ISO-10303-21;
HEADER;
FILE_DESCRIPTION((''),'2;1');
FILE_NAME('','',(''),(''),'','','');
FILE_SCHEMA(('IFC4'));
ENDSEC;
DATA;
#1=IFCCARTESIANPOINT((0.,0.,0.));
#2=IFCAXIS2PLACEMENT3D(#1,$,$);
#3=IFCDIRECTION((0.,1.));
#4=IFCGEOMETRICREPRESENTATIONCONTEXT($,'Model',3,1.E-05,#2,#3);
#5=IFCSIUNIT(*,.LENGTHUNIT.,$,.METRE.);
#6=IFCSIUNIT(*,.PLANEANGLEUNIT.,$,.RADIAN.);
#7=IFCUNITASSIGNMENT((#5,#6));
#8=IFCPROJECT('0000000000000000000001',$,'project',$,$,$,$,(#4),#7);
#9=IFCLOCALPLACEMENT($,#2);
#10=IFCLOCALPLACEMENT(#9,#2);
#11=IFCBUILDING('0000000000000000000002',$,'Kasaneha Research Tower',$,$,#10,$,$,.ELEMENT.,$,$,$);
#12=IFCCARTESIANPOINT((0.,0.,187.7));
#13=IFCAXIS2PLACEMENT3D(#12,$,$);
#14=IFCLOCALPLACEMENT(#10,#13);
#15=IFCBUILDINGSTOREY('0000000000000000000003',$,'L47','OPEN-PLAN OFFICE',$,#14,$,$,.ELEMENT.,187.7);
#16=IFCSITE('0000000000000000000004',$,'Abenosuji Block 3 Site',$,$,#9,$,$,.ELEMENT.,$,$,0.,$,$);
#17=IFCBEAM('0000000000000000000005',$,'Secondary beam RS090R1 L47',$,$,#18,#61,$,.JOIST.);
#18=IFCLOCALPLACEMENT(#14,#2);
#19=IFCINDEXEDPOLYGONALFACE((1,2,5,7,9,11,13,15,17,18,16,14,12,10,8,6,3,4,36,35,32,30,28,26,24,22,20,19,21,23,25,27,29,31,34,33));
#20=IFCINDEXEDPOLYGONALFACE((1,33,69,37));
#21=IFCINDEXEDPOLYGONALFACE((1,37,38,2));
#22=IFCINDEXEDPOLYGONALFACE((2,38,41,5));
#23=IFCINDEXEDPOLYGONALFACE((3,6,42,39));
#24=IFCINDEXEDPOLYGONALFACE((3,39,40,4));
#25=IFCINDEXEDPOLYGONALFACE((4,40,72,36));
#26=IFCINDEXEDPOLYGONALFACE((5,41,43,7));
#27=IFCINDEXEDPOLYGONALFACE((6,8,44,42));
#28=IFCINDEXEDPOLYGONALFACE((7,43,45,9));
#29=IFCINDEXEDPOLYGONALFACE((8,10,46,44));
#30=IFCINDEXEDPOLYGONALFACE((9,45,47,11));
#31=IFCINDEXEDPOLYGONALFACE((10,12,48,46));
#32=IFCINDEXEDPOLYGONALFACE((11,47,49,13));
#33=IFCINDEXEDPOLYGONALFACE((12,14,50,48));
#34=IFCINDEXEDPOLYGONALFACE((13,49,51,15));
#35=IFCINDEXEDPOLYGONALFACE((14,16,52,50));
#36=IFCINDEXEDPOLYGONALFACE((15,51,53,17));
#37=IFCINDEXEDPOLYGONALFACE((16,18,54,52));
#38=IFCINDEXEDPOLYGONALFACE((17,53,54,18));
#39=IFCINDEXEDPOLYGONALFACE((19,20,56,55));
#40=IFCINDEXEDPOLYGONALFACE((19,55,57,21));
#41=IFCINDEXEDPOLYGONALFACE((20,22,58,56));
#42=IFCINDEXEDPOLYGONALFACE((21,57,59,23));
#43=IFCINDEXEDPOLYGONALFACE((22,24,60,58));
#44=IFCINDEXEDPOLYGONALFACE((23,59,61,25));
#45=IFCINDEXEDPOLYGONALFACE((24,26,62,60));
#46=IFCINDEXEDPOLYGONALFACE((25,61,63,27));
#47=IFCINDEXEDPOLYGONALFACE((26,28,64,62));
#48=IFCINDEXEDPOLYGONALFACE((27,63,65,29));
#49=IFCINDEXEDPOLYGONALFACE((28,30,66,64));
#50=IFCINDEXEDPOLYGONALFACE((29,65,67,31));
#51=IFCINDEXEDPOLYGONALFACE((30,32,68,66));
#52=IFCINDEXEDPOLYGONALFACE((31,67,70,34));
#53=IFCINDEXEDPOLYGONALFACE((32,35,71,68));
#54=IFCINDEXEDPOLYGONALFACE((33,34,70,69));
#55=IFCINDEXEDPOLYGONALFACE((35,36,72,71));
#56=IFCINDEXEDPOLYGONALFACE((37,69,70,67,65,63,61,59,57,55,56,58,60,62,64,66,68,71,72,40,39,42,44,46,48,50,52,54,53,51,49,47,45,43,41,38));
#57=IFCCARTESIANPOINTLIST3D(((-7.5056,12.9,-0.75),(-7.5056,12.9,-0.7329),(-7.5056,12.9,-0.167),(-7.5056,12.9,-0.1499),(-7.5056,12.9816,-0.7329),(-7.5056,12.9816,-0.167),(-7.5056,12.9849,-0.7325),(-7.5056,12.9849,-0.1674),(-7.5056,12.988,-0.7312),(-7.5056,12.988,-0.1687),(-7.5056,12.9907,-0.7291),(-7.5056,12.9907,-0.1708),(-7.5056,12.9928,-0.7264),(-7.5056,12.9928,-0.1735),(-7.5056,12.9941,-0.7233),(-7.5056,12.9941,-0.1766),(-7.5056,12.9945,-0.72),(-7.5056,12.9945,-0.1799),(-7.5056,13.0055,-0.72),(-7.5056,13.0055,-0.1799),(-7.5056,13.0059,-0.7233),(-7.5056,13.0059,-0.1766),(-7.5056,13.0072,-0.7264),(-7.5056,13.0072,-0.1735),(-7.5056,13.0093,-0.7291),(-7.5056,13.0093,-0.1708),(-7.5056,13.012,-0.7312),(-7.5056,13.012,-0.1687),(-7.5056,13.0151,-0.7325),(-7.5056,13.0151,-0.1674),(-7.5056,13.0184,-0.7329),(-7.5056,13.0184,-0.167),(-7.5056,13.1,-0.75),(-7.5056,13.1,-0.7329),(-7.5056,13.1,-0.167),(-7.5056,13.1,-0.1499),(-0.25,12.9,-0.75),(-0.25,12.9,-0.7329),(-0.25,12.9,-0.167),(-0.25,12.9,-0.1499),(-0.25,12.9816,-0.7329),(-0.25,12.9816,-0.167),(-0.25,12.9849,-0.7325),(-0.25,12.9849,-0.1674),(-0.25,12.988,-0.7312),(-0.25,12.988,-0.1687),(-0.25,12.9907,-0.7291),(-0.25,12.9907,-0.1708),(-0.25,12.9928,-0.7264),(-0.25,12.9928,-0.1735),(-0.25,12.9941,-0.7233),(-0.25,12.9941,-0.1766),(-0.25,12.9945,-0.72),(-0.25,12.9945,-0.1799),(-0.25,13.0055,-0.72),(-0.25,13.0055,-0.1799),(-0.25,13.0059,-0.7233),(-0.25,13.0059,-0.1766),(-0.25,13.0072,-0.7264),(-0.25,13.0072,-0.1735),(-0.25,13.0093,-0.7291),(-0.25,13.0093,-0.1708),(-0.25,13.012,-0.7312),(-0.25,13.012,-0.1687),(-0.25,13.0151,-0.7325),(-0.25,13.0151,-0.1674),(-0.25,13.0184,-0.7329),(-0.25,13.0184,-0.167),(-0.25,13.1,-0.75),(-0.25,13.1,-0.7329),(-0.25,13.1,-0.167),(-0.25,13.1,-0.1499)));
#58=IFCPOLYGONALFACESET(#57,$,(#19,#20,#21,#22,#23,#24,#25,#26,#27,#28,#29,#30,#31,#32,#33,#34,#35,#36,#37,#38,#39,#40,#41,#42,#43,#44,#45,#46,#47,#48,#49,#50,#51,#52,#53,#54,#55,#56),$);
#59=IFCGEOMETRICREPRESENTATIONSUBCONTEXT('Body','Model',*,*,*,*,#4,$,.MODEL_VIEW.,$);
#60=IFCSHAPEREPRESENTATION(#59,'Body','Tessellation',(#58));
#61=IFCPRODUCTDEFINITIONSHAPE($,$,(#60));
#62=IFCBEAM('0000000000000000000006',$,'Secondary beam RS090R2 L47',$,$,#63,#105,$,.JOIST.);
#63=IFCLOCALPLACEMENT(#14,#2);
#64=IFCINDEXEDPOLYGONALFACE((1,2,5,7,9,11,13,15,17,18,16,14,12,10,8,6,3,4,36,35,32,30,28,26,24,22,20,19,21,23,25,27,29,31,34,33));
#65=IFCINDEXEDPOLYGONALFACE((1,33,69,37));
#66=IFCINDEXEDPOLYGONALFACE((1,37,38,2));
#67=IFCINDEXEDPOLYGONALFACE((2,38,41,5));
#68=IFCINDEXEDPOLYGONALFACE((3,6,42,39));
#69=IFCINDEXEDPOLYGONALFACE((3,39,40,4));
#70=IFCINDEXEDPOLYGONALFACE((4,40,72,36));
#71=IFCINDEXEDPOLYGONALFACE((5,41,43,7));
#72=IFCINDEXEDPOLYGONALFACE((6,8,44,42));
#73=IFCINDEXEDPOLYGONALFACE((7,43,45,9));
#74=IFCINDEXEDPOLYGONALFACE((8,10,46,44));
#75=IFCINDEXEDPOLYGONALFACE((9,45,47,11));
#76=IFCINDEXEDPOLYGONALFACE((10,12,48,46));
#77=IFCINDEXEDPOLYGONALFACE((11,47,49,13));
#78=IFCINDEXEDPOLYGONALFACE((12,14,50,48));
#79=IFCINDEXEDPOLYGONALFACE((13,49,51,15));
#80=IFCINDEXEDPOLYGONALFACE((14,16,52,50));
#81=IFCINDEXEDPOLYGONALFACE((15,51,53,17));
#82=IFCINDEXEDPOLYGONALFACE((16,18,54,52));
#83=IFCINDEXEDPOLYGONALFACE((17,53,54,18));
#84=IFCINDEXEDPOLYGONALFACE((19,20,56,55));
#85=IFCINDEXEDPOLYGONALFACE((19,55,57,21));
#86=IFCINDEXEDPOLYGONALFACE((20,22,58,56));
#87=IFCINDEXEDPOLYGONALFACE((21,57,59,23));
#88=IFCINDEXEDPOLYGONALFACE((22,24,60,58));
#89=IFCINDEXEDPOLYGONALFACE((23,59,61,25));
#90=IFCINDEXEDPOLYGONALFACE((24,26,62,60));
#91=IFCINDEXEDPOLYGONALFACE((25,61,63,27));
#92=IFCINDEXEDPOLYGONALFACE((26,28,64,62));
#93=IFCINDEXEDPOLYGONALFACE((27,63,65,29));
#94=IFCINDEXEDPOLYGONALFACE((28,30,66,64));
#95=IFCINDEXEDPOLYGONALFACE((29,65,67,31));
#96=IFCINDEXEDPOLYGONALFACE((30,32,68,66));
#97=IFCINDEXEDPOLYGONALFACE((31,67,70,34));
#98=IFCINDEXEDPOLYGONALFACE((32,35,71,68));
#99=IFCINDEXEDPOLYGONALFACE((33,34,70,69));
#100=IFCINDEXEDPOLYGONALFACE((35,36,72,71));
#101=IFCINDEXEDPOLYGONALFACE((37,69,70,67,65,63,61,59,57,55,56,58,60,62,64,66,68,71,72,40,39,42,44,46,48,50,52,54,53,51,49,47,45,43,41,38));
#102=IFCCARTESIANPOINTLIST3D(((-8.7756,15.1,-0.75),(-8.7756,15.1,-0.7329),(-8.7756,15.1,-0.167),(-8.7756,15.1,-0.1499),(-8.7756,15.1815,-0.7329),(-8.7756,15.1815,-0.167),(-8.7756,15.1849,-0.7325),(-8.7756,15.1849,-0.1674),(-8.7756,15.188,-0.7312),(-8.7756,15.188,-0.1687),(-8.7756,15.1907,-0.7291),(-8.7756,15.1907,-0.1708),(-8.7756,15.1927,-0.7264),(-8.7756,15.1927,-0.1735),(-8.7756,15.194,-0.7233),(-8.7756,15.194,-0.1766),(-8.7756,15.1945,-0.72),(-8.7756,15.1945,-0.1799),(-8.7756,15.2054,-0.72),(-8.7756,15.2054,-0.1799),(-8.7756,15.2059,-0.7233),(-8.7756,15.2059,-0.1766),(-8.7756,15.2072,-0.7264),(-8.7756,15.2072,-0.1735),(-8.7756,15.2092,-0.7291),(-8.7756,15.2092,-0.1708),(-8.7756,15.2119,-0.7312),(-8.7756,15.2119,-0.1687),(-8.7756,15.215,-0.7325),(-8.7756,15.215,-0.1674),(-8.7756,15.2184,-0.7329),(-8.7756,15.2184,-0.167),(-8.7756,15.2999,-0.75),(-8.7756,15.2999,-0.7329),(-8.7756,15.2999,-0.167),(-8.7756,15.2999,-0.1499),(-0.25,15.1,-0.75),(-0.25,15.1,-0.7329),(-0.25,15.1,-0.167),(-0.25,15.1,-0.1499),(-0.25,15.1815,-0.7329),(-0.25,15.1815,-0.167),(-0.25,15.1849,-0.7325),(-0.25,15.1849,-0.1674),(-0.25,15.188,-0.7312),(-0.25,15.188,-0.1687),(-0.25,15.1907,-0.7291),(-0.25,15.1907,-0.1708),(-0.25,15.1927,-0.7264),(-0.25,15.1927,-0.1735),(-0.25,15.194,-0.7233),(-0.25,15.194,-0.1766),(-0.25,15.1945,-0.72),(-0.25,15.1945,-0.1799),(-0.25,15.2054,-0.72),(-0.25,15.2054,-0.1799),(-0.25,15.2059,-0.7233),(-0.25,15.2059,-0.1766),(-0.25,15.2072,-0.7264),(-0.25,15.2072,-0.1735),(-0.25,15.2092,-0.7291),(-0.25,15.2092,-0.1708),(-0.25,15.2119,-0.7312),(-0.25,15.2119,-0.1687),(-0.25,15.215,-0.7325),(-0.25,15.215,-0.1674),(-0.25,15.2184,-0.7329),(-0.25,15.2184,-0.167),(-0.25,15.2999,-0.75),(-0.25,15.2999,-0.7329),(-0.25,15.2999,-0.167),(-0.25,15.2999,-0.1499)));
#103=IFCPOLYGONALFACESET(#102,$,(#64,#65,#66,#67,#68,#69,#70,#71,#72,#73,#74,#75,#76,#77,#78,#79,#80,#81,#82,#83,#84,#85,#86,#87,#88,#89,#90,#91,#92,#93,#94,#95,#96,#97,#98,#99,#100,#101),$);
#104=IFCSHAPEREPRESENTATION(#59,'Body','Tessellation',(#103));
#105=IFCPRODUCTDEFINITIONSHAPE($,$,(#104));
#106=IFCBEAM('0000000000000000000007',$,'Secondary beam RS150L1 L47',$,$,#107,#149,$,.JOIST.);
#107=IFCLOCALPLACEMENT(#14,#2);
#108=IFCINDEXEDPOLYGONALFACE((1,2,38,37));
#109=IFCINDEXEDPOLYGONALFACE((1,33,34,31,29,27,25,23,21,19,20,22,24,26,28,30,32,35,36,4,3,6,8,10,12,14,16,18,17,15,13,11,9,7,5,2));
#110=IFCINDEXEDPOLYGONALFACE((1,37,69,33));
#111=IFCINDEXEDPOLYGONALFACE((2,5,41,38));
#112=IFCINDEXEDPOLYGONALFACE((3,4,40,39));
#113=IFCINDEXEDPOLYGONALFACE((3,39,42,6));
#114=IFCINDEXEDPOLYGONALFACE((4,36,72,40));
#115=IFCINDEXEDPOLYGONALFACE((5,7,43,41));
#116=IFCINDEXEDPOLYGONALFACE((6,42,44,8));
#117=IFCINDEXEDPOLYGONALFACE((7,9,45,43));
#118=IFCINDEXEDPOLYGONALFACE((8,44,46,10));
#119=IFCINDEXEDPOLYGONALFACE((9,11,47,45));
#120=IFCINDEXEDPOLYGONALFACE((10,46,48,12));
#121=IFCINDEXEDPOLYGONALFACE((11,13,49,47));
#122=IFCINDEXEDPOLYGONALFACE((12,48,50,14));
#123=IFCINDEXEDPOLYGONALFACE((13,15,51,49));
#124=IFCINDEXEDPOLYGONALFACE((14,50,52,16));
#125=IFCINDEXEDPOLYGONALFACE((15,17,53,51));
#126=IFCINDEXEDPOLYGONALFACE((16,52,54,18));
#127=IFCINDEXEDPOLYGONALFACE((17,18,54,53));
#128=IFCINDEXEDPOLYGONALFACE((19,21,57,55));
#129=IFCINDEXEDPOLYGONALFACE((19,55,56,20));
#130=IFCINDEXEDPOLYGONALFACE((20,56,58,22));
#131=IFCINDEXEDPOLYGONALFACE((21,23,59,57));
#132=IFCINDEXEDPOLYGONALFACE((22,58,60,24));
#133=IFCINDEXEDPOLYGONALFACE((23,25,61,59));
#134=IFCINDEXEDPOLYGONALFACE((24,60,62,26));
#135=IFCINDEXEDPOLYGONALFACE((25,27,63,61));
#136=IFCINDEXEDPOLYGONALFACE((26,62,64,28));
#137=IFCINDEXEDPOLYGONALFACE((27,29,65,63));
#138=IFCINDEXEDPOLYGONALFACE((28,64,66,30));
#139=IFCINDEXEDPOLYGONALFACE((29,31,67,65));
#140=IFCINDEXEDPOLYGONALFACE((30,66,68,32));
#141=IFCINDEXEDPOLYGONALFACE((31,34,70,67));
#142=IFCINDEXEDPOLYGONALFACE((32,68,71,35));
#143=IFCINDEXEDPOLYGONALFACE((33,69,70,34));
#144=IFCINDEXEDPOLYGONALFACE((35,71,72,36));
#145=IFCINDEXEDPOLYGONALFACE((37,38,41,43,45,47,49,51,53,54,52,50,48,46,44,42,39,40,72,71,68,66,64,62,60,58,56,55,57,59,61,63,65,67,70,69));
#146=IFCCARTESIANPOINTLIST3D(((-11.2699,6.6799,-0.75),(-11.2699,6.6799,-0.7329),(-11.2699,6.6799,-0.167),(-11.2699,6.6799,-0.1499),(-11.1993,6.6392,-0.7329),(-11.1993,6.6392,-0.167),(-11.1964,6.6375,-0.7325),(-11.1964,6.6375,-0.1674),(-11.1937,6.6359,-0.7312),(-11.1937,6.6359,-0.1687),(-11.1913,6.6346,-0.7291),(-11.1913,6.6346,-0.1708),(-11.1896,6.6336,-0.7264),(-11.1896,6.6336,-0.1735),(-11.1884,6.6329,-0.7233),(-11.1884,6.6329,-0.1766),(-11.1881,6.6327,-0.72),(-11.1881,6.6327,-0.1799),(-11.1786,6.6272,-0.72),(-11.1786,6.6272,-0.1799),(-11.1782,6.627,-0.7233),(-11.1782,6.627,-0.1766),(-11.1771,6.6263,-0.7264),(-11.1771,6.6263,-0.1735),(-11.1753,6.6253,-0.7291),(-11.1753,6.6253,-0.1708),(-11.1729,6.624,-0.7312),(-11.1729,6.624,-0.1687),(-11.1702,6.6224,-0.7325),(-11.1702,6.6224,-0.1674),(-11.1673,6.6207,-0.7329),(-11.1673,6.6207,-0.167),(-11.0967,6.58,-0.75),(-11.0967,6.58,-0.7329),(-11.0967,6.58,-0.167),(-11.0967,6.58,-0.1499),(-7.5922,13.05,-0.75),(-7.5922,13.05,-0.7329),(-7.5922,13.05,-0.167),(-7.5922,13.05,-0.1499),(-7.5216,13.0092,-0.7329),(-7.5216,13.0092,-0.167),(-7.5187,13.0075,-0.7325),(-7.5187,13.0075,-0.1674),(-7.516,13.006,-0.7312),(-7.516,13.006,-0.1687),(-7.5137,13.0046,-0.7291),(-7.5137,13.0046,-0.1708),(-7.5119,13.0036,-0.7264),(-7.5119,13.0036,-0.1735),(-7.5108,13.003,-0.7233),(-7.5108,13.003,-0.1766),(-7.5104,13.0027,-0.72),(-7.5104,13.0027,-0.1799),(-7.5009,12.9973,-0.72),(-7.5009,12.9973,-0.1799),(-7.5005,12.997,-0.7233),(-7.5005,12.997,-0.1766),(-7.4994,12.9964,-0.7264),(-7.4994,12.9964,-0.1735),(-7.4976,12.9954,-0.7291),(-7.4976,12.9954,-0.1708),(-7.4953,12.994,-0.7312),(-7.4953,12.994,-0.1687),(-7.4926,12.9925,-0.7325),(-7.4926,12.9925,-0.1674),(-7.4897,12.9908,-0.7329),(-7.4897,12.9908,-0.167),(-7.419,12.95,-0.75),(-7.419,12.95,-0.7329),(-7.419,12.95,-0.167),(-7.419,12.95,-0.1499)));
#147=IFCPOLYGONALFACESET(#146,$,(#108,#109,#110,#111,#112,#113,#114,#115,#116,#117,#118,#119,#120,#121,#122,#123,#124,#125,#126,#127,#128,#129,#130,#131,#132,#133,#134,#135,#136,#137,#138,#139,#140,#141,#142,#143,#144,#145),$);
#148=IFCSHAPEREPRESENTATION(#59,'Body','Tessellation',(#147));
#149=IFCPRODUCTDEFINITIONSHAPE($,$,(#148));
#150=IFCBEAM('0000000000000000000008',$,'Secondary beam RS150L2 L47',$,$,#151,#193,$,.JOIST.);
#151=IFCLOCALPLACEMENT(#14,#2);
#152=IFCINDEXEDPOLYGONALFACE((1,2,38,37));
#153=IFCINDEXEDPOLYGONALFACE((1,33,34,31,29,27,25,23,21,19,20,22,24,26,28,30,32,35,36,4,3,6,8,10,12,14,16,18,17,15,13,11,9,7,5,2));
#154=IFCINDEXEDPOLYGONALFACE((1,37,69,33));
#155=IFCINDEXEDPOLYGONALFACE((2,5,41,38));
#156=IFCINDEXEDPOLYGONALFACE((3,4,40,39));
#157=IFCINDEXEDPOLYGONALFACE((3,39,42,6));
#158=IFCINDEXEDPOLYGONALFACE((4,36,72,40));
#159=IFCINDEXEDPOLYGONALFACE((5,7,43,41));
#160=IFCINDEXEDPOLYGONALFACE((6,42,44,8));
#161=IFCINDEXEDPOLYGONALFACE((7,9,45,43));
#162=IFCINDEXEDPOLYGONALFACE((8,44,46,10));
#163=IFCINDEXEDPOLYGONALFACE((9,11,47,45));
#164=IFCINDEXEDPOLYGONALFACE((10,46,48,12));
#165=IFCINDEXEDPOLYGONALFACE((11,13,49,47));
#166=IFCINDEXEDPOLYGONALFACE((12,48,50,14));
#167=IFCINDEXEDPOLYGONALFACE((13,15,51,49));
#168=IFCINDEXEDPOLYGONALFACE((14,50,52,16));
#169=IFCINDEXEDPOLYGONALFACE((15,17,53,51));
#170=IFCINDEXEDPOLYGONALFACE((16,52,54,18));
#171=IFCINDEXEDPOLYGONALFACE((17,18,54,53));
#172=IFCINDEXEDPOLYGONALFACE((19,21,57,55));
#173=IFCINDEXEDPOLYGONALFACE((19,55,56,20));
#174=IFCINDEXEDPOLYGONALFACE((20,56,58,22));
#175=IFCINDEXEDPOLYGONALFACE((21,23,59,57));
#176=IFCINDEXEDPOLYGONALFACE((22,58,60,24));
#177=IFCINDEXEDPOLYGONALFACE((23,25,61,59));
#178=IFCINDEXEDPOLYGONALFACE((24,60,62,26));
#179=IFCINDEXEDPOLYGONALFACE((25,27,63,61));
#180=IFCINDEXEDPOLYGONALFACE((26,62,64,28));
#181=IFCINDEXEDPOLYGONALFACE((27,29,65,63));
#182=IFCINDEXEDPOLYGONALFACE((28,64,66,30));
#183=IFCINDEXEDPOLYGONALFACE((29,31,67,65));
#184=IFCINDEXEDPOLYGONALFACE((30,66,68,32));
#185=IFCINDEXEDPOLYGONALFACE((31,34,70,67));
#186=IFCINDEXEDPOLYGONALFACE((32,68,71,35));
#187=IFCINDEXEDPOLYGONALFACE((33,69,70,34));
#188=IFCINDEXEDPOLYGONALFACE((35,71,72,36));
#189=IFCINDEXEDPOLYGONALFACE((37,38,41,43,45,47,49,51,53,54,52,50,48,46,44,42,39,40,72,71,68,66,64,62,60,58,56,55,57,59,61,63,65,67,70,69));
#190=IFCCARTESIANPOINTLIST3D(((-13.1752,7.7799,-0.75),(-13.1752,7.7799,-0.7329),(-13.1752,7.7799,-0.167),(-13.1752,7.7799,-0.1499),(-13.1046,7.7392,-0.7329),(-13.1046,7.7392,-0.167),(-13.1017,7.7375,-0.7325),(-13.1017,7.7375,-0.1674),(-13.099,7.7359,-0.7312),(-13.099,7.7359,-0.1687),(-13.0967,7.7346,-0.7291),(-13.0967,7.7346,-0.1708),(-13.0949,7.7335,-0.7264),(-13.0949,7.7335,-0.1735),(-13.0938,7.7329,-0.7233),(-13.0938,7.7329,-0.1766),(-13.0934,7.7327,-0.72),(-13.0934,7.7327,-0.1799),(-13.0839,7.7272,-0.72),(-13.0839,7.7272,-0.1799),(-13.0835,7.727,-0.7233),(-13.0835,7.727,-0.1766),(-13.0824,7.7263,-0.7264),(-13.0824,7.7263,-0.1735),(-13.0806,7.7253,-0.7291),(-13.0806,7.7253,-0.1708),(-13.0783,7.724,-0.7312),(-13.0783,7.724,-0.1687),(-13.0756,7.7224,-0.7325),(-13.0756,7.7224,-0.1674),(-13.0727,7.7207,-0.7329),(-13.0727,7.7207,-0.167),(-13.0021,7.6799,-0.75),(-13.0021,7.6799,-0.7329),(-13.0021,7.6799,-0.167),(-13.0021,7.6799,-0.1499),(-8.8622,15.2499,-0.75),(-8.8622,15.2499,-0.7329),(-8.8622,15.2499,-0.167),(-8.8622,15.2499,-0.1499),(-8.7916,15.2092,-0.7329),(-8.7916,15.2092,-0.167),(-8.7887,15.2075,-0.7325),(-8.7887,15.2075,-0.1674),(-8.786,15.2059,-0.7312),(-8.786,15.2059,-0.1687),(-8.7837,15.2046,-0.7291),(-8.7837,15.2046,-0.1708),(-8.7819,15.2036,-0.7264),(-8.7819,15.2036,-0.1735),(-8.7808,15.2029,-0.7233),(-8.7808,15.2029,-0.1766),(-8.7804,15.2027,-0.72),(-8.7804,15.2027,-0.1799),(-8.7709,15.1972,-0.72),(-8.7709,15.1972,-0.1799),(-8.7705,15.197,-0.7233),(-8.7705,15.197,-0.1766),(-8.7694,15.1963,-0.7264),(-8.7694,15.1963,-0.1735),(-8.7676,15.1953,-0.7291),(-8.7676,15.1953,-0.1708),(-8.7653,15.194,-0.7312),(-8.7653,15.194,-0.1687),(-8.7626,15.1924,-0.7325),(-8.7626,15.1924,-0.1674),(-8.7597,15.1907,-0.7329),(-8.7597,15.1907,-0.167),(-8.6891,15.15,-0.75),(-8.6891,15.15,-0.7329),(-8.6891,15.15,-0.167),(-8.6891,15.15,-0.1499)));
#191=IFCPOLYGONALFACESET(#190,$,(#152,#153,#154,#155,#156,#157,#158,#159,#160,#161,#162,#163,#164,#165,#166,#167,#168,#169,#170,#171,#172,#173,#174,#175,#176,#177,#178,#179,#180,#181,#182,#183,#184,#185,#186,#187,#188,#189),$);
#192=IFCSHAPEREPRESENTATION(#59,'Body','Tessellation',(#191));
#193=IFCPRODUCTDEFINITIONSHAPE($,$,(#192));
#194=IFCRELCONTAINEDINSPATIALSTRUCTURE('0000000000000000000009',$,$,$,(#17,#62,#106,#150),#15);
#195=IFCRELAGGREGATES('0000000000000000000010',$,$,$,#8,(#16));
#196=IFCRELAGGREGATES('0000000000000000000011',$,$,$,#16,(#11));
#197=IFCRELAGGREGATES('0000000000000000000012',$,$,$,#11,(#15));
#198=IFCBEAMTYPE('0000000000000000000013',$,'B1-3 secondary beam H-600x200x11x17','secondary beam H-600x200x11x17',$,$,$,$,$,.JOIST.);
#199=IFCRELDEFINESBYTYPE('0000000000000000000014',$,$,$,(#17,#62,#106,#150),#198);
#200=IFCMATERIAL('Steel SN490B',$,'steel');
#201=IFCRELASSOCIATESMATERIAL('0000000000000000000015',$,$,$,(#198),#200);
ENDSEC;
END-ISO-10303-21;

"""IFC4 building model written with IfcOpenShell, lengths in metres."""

from ifc_helpers import new_model, si_unit, direction, frame, origin, origin_2d, place, context, subcontext, project, spatial, i_section, extrude, material, material_profile, profile_set, type_object, element, save


model = new_model("IFC4")

# Units and contexts
model_context = context("Model", 3, precision=1e-05, world=origin(), true_north=direction((0.0, 1.0)))
body_context = subcontext(model_context, "Body", "Model", "MODEL_VIEW")
ifc_project = project(units=[si_unit("LENGTHUNIT", "METRE"), si_unit("PLANEANGLEUNIT", "RADIAN")], contexts=[model_context])

# Site, building, storey
site_placement = place(None, origin())
site = spatial("IfcSite", under=ifc_project, at=site_placement, Name="Abenosuji Block 3 Site", CompositionType="ELEMENT", RefElevation=0.0)
building_placement = place(site_placement, origin())
building = spatial("IfcBuilding", under=site, at=building_placement, Name="Kasaneha Research Tower", CompositionType="ELEMENT")
storey_placement = place(building_placement, frame((0.0, 0.0, 187.7)))
storey = spatial("IfcBuildingStorey", under=building, at=storey_placement, Name="L47", Description="OPEN-PLAN OFFICE", CompositionType="ELEMENT", Elevation=187.7)

# Beams
ifc_material_1 = material(Name="Steel SN490B", Category="steel")
ifc_material_profile_1 = material_profile(ifc_material_1, i_section(OverallWidth=0.2, OverallDepth=0.6001, WebThickness=0.011, FlangeThickness=0.0171, FilletRadius=0.0129, at=origin_2d()), Name="H-600x200x11x17")
ifc_profile_set_1 = profile_set([ifc_material_profile_1], Name="Steel SN490B")
beam_type_1 = type_object("IfcBeamType", Name="B1-3 secondary beam H-600x200x11x17", Description="secondary beam H-600x200x11x17", PredefinedType="JOIST", material=ifc_profile_set_1)
beam_1_placement = place(storey_placement, frame((-7.5056, 13.0, -0.45), z_axis=(1.0, 0.0, 0.0), x_axis=(0.0, 1.0, 0.0)))
element("IfcBeam", 1, at=beam_1_placement, inside=storey, type_object=beam_type_1, Name="Secondary beam RS090R1 L47", PredefinedType="JOIST", context=body_context, shape_type="SweptSolid", body=[
    extrude(i_section(OverallWidth=0.2, OverallDepth=0.6001, WebThickness=0.011, FlangeThickness=0.0171, FilletRadius=0.0129, at=origin_2d()), origin(), (0.0, 0.0, 1.0), 7.2556),
])
beam_2_placement = place(storey_placement, frame((-8.7756, 15.2, -0.45), z_axis=(1.0, 0.0, 0.0), x_axis=(0.0, 1.0, 0.0)))
element("IfcBeam", 2, at=beam_2_placement, inside=storey, type_object=beam_type_1, Name="Secondary beam RS090R2 L47", PredefinedType="JOIST", context=body_context, shape_type="SweptSolid", body=[
    extrude(i_section(OverallWidth=0.2, OverallDepth=0.6001, WebThickness=0.011, FlangeThickness=0.0171, FilletRadius=0.0129, at=origin_2d()), origin(), (0.0, 0.0, 1.0), 8.5256),
])
beam_3_placement = place(storey_placement, frame((-7.5056, 13.0, -0.45), z_axis=(-0.499994, -0.866029, 0.0), x_axis=(0.866029, -0.499994, 0.0)))
element("IfcBeam", 3, at=beam_3_placement, inside=storey, type_object=beam_type_1, Name="Secondary beam RS150L1 L47", PredefinedType="JOIST", context=body_context, shape_type="SweptSolid", body=[
    extrude(i_section(OverallWidth=0.2, OverallDepth=0.6001, WebThickness=0.011, FlangeThickness=0.0171, FilletRadius=0.0129, at=origin_2d()), origin(), (0.0, 0.0, 1.0), 7.3555),
])
beam_4_placement = place(storey_placement, frame((-8.7756, 15.2, -0.45), z_axis=(-0.500017, -0.866015, 0.0), x_axis=(0.866015, -0.500017, 0.0)))
element("IfcBeam", 4, at=beam_4_placement, inside=storey, type_object=beam_type_1, Name="Secondary beam RS150L2 L47", PredefinedType="JOIST", context=body_context, shape_type="SweptSolid", body=[
    extrude(i_section(OverallWidth=0.2, OverallDepth=0.6001, WebThickness=0.011, FlangeThickness=0.0171, FilletRadius=0.0129, at=origin_2d()), origin(), (0.0, 0.0, 1.0), 8.6257),
])

save(model, "model.ifc")
